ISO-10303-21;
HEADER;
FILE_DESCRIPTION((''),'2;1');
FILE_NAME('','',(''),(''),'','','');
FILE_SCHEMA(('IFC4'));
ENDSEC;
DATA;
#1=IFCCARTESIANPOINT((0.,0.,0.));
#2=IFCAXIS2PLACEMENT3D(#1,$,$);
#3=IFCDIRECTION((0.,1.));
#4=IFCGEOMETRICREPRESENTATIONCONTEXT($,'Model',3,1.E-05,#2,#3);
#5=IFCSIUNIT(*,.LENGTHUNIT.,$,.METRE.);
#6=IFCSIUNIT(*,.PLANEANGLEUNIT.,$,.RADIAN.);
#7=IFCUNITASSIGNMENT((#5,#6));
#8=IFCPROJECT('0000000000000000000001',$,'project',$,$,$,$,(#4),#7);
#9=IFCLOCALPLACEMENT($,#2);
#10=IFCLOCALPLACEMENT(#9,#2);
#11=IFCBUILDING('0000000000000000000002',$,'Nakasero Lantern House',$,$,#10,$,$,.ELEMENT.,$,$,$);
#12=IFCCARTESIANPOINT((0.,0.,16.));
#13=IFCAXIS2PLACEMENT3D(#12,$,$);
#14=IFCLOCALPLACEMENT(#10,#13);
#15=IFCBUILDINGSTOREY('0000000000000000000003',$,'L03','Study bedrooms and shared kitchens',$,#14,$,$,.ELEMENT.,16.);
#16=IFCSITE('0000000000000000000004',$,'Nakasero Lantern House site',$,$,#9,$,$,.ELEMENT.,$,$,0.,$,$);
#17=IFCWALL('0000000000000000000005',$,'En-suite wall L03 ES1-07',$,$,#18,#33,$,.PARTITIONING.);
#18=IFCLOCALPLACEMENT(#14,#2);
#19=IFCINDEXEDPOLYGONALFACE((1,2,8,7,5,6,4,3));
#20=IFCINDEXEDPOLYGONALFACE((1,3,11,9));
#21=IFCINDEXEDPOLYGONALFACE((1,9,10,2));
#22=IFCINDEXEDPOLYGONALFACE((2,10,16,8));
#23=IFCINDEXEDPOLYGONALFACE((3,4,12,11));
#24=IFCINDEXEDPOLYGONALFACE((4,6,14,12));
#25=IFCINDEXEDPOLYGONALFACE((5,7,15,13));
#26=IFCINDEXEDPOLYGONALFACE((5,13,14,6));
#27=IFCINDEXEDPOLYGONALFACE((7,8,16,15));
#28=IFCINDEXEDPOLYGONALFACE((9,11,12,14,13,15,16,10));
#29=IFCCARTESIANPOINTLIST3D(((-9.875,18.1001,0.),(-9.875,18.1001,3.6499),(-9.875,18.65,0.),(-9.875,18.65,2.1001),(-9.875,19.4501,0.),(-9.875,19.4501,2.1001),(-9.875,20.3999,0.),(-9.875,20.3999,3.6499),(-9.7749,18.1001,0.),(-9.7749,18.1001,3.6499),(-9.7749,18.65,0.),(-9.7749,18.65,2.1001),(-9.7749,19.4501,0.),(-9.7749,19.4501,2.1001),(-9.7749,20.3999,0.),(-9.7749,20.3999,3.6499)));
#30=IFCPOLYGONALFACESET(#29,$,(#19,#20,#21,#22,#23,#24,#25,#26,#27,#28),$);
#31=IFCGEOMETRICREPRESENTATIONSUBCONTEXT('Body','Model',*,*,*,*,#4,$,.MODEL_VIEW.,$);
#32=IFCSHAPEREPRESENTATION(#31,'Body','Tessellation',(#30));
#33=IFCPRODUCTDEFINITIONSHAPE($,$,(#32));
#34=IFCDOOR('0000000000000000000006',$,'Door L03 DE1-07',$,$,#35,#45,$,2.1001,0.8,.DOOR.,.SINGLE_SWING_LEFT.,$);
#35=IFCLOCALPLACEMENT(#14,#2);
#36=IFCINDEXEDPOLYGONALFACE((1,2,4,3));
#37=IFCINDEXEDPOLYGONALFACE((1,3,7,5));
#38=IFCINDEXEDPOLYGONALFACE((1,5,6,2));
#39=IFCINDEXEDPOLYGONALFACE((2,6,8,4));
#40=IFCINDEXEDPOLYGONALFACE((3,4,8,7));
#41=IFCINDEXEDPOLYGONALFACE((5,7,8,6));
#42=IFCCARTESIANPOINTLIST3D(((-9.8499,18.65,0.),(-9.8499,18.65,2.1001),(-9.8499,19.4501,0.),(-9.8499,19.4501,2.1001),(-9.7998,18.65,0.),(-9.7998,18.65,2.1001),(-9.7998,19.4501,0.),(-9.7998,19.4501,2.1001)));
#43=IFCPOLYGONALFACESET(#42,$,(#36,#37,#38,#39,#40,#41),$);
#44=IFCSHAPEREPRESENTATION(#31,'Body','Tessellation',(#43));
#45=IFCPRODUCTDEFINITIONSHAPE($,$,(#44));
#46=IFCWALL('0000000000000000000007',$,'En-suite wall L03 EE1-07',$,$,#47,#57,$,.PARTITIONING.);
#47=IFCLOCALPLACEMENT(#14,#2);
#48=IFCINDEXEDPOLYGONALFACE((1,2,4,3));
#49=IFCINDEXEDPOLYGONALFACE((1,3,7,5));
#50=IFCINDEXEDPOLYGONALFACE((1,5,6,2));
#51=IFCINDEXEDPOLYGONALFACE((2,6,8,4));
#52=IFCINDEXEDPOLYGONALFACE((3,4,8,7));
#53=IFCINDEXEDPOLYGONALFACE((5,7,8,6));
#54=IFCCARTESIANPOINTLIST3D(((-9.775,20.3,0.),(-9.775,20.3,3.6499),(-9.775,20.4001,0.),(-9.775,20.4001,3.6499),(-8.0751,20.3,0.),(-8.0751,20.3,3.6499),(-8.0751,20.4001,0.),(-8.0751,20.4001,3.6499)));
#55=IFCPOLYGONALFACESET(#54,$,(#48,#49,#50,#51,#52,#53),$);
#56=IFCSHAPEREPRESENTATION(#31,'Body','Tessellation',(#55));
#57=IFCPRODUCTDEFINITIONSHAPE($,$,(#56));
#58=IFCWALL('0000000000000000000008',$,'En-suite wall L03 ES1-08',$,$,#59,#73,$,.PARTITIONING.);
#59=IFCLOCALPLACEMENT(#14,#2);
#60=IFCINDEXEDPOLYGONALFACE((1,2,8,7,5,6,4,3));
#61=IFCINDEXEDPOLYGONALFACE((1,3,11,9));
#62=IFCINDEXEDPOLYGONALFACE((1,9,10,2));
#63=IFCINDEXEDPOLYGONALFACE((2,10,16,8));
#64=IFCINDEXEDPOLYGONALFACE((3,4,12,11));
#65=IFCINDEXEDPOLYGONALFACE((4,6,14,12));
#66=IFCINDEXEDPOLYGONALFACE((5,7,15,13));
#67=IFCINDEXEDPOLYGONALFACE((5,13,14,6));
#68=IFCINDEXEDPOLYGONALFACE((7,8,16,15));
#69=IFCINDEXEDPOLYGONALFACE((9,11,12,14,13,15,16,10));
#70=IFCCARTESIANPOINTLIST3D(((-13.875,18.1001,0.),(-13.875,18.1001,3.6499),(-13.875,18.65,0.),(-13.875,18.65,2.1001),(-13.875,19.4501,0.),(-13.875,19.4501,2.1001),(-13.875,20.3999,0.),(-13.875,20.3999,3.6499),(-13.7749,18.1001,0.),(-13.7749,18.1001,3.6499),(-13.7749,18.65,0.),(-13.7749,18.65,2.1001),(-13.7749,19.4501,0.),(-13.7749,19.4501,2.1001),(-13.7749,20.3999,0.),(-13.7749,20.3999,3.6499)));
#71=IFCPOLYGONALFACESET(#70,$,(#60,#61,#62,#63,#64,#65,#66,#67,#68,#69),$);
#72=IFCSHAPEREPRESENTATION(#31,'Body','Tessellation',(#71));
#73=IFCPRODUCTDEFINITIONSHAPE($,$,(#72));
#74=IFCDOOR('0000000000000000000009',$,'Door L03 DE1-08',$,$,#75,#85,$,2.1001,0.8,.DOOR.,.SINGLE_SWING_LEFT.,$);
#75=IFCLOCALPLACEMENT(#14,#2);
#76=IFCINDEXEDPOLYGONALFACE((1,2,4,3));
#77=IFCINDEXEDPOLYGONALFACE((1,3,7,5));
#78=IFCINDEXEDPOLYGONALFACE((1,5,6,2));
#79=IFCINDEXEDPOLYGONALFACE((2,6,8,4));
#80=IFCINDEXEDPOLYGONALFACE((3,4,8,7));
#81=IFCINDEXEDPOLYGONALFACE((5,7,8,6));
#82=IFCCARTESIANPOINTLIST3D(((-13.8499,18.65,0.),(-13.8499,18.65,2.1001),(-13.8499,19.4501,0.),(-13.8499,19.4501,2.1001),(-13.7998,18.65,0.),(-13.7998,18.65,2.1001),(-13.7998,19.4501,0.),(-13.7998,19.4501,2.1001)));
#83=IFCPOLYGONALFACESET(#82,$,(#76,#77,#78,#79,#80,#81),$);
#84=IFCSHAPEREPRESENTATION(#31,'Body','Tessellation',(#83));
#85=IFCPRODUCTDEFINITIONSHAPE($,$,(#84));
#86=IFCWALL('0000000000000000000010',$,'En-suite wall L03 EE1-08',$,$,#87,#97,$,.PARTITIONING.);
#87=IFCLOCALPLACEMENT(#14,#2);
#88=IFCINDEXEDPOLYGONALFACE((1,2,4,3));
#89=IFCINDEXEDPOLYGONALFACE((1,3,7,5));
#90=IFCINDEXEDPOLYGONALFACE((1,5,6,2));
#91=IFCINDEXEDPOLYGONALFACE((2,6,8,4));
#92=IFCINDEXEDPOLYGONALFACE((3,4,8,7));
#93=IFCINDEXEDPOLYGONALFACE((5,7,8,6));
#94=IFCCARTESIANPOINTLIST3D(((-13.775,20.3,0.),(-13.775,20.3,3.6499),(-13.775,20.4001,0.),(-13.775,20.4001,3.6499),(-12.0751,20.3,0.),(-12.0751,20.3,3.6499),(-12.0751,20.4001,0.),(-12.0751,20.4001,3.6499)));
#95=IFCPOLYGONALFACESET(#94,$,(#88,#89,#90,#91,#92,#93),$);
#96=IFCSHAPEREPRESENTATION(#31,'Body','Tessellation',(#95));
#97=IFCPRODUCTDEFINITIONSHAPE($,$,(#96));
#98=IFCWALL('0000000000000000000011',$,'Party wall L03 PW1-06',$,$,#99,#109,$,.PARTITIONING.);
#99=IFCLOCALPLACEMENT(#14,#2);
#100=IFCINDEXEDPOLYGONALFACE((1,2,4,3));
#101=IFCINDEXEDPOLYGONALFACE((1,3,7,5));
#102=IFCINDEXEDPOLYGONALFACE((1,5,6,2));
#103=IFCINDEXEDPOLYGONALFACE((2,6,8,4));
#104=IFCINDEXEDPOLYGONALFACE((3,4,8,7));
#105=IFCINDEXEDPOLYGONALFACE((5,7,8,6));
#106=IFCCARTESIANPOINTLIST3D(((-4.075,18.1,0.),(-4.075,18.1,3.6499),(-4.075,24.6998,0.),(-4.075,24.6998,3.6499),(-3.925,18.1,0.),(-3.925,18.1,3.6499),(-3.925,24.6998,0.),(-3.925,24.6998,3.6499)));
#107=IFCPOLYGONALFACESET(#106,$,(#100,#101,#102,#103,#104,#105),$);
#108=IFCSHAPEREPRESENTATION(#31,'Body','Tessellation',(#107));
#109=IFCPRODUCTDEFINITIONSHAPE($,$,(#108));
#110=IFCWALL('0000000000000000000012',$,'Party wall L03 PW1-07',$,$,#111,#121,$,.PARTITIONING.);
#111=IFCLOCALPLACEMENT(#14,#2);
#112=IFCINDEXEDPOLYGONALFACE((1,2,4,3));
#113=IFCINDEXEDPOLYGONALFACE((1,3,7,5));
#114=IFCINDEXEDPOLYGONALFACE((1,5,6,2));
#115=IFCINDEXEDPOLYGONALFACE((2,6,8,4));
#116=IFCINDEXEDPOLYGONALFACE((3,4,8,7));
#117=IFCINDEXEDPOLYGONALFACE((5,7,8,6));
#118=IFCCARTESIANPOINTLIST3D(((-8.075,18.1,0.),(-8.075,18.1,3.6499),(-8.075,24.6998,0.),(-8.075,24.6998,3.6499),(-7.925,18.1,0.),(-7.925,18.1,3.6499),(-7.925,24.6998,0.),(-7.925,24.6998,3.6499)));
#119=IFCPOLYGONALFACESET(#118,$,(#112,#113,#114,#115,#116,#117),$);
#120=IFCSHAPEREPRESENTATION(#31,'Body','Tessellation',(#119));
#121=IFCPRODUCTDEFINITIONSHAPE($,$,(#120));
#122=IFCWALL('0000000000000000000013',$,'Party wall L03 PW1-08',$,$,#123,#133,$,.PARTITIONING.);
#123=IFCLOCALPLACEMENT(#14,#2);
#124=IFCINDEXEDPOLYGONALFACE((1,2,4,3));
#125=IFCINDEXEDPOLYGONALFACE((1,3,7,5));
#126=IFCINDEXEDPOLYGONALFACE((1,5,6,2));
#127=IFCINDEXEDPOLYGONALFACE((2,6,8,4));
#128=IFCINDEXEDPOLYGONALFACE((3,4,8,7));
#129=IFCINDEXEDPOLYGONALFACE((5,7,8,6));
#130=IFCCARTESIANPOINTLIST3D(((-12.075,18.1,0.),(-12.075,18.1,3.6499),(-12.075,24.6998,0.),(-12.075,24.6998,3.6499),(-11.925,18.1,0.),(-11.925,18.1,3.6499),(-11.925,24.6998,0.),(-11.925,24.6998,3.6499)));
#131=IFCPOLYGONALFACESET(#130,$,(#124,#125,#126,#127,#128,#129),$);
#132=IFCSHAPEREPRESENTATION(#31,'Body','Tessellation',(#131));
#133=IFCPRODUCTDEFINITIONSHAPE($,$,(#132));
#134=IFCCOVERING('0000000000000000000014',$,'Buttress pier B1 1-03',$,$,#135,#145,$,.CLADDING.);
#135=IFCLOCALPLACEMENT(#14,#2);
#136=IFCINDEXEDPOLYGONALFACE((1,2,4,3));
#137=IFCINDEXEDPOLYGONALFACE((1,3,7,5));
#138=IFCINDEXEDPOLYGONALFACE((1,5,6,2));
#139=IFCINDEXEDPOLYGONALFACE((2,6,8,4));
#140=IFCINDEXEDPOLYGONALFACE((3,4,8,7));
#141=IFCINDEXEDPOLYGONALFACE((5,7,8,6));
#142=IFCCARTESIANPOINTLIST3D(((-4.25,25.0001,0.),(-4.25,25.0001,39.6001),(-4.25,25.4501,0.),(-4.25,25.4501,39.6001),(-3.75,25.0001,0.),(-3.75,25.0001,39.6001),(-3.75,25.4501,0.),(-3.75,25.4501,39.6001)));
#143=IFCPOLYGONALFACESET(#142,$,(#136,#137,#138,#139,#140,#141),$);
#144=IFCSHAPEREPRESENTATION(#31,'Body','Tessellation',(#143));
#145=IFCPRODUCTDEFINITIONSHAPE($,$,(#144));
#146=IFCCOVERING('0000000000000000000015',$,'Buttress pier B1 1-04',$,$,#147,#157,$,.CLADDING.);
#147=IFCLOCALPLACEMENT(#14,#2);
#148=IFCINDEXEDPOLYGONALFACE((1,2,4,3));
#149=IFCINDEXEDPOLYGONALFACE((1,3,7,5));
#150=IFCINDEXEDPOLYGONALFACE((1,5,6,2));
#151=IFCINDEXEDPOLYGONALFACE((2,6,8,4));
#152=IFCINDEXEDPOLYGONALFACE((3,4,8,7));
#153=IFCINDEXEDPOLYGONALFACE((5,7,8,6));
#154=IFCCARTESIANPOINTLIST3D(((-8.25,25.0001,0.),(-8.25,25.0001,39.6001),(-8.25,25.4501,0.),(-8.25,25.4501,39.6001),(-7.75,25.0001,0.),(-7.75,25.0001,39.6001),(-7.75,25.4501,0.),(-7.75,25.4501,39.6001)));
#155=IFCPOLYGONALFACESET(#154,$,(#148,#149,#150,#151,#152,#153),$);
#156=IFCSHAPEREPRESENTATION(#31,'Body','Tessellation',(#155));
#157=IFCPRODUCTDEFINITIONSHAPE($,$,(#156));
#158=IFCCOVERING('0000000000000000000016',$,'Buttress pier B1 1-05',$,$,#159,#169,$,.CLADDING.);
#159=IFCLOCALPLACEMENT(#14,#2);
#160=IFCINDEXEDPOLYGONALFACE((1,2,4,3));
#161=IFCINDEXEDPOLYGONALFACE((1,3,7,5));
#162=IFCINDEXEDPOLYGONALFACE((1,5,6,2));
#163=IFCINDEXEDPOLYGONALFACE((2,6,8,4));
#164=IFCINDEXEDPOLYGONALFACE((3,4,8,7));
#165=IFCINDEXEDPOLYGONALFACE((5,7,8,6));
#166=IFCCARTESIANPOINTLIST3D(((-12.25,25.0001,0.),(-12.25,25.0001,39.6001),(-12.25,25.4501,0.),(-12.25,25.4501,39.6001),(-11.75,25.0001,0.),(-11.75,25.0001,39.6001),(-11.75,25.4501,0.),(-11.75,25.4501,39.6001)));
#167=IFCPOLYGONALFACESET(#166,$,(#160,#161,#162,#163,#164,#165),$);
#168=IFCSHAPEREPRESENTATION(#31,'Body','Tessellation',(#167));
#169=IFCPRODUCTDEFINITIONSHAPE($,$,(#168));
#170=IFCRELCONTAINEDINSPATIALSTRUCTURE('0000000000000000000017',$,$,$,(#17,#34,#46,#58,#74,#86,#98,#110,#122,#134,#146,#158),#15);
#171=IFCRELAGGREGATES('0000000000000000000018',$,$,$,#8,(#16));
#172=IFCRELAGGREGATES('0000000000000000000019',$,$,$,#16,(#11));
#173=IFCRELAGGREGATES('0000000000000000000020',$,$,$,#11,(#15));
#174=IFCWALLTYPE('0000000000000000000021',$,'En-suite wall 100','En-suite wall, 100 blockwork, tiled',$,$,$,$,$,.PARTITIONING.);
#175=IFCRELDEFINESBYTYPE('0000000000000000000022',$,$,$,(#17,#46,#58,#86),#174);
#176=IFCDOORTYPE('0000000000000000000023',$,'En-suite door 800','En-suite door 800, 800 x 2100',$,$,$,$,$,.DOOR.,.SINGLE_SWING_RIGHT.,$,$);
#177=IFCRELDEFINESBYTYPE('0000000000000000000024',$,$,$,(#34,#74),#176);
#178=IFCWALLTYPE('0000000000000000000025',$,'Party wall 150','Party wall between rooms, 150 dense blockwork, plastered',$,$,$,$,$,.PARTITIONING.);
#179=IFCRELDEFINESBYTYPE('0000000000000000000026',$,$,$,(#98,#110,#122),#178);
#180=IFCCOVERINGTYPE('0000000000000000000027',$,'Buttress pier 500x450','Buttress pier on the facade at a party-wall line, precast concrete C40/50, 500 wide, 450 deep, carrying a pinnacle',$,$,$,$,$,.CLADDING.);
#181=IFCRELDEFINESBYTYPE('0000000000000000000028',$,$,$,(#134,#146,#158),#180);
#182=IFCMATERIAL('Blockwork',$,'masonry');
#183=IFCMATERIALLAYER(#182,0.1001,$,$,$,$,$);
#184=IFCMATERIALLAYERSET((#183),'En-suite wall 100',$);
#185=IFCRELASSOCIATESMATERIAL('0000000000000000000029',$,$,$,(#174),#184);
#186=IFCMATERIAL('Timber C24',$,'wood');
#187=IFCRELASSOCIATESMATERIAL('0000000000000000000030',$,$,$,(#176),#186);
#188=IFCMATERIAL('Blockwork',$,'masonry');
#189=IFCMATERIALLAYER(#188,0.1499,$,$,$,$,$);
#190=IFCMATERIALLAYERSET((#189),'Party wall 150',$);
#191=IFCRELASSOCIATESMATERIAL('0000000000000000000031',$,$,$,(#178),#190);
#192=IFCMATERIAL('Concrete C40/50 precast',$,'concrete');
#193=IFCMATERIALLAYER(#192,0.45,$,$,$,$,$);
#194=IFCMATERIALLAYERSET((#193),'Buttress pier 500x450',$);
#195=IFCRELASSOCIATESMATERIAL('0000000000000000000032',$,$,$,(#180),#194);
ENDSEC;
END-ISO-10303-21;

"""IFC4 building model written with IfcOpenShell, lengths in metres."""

from ifc_helpers import new_model, si_unit, direction, frame, frame_2d, origin, origin_2d, place, context, subcontext, project, spatial, rectangle, extrude, material, layer, layer_set, type_object, element, fill, save


model = new_model("IFC4")

# Units and contexts
model_context = context("Model", 3, precision=1e-05, world=origin(), true_north=direction((0.0, 1.0)))
body_context = subcontext(model_context, "Body", "Model", "MODEL_VIEW")
ifc_project = project(units=[si_unit("LENGTHUNIT", "METRE"), si_unit("PLANEANGLEUNIT", "RADIAN")], contexts=[model_context])

# Site, building, storey
site_placement = place(None, origin())
site = spatial("IfcSite", under=ifc_project, at=site_placement, Name="Nakasero Lantern House site", CompositionType="ELEMENT", RefElevation=0.0)
building_placement = place(site_placement, origin())
building = spatial("IfcBuilding", under=site, at=building_placement, Name="Nakasero Lantern House", CompositionType="ELEMENT")
storey_placement = place(building_placement, frame((0.0, 0.0, 16.0)))
storey = spatial("IfcBuildingStorey", under=building, at=storey_placement, Name="L03", Description="Study bedrooms and shared kitchens", CompositionType="ELEMENT", Elevation=16.0)

# Shared definitions
ifc_material_1 = material(Name="Blockwork", Category="masonry")
ifc_layer_1 = layer(ifc_material_1, 0.1001)
ifc_layer_set_1 = layer_set([ifc_layer_1], Name="En-suite wall 100")
wall_type_1 = type_object("IfcWallType", Name="En-suite wall 100", Description="En-suite wall, 100 blockwork, tiled", PredefinedType="PARTITIONING", material=ifc_layer_set_1)
ifc_material_2 = material(Name="Timber C24", Category="wood")
door_type = type_object("IfcDoorType", Name="En-suite door 800", Description="En-suite door 800, 800 x 2100", OperationType="SINGLE_SWING_RIGHT", PredefinedType="DOOR", material=ifc_material_2)

# Wall, opening, door
wall_1_placement = place(storey_placement, frame((-9.825, 18.1001, 0.0), z_axis=(0.0, 0.0, 1.0), x_axis=(0.0, 1.0, 0.0)))
wall_1 = element("IfcWall", 1, at=wall_1_placement, inside=storey, type_object=wall_type_1, Name="En-suite wall L03 ES1-07", PredefinedType="PARTITIONING", context=body_context, shape_type="SweptSolid", body=[
    extrude(rectangle(XDim=2.2998, YDim=0.1001, at=frame_2d((1.1499, 0.0))), origin(), (0.0, 0.0, 1.0), 3.6499),
])
opening_1_placement = place(wall_1_placement, frame((0.55, 0.0, 0.0)))
opening_1 = element("IfcOpeningElement", 2, at=opening_1_placement, cuts=wall_1, PredefinedType="OPENING", context=body_context, shape_type="SweptSolid", body=[
    extrude(rectangle(XDim=0.8, YDim=2.1001, at=frame_2d((0.3999, 1.05))), frame((0.0, 0.0701, 0.0), z_axis=(0.0, -1.0, 0.0), x_axis=(1.0, 0.0, 0.0)), (0.0, 0.0, 1.0), 0.1401),
])
door_1_placement = place(opening_1_placement, origin())
door_1 = element("IfcDoor", 3, at=door_1_placement, inside=storey, type_object=door_type, Name="Door L03 DE1-07", OperationType="SINGLE_SWING_LEFT", OverallHeight=2.1001, OverallWidth=0.8, PredefinedType="DOOR", context=body_context, shape_type="SweptSolid", body=[
    extrude(rectangle(XDim=0.8, YDim=2.1001, at=frame_2d((0.3999, 1.05))), frame((0.0, 0.0249, 0.0), z_axis=(0.0, -1.0, 0.0), x_axis=(1.0, 0.0, 0.0)), (0.0, 0.0, 1.0), 0.05),
])
fill(opening_1, door_1)

# Wall
wall_2_placement = place(storey_placement, frame((-8.075, 20.3501, 0.0), z_axis=(0.0, 0.0, 1.0), x_axis=(-1.0, 0.0, 0.0)))
element("IfcWall", 4, at=wall_2_placement, inside=storey, type_object=wall_type_1, Name="En-suite wall L03 EE1-07", PredefinedType="PARTITIONING", context=body_context, shape_type="SweptSolid", body=[
    extrude(rectangle(XDim=1.7, YDim=0.1001, at=frame_2d((0.8501, 0.0))), origin(), (0.0, 0.0, 1.0), 3.6499),
])

# Wall, opening, door
wall_3_placement = place(storey_placement, frame((-13.825, 18.1001, 0.0), z_axis=(0.0, 0.0, 1.0), x_axis=(0.0, 1.0, 0.0)))
wall_3 = element("IfcWall", 5, at=wall_3_placement, inside=storey, type_object=wall_type_1, Name="En-suite wall L03 ES1-08", PredefinedType="PARTITIONING", context=body_context, shape_type="SweptSolid", body=[
    extrude(rectangle(XDim=2.2998, YDim=0.1001, at=frame_2d((1.1499, 0.0))), origin(), (0.0, 0.0, 1.0), 3.6499),
])
opening_2_placement = place(wall_3_placement, frame((0.55, 0.0, 0.0)))
opening_2 = element("IfcOpeningElement", 6, at=opening_2_placement, cuts=wall_3, PredefinedType="OPENING", context=body_context, shape_type="SweptSolid", body=[
    extrude(rectangle(XDim=0.8, YDim=2.1001, at=frame_2d((0.3999, 1.05))), frame((0.0, 0.0701, 0.0), z_axis=(0.0, -1.0, 0.0), x_axis=(1.0, 0.0, 0.0)), (0.0, 0.0, 1.0), 0.1401),
])
door_2_placement = place(opening_2_placement, origin())
door_2 = element("IfcDoor", 7, at=door_2_placement, inside=storey, type_object=door_type, Name="Door L03 DE1-08", OperationType="SINGLE_SWING_LEFT", OverallHeight=2.1001, OverallWidth=0.8, PredefinedType="DOOR", context=body_context, shape_type="SweptSolid", body=[
    extrude(rectangle(XDim=0.8, YDim=2.1001, at=frame_2d((0.3999, 1.05))), frame((0.0, 0.0249, 0.0), z_axis=(0.0, -1.0, 0.0), x_axis=(1.0, 0.0, 0.0)), (0.0, 0.0, 1.0), 0.05),
])
fill(opening_2, door_2)

# Walls
wall_4_placement = place(storey_placement, frame((-12.075, 20.3501, 0.0), z_axis=(0.0, 0.0, 1.0), x_axis=(-1.0, 0.0, 0.0)))
element("IfcWall", 8, at=wall_4_placement, inside=storey, type_object=wall_type_1, Name="En-suite wall L03 EE1-08", PredefinedType="PARTITIONING", context=body_context, shape_type="SweptSolid", body=[
    extrude(rectangle(XDim=1.7, YDim=0.1001, at=frame_2d((0.8501, 0.0))), origin(), (0.0, 0.0, 1.0), 3.6499),
])
ifc_material_3 = material(Name="Blockwork", Category="masonry")
ifc_layer_2 = layer(ifc_material_3, 0.1499)
ifc_layer_set_2 = layer_set([ifc_layer_2], Name="Party wall 150")
wall_type_2 = type_object("IfcWallType", Name="Party wall 150", Description="Party wall between rooms, 150 dense blockwork, plastered", PredefinedType="PARTITIONING", material=ifc_layer_set_2)
for number, where, z_axis, x_axis, name in (
    (9, (-4.0, 18.1001, 0.0), (0.0, 0.0, 1.0), (0.0, 1.0, 0.0), "Party wall L03 PW1-06"),
    (10, (-8.0, 18.1001, 0.0), (0.0, 0.0, 1.0), (0.0, 1.0, 0.0), "Party wall L03 PW1-07"),
    (11, (-12.0, 18.1001, 0.0), (0.0, 0.0, 1.0), (0.0, 1.0, 0.0), "Party wall L03 PW1-08"),
):
    element("IfcWall", number, at=place(storey_placement, frame(where, z_axis=z_axis, x_axis=x_axis)), inside=storey, type_object=wall_type_2, Name=name, PredefinedType="PARTITIONING", context=body_context, shape_type="SweptSolid", body=[
        extrude(rectangle(XDim=6.5999, YDim=0.1499, at=frame_2d((3.2998, 0.0))), origin(), (0.0, 0.0, 1.0), 3.6499),
    ])

# Coverings
ifc_material_4 = material(Name="Concrete C40/50 precast", Category="concrete")
ifc_layer_3 = layer(ifc_material_4, 0.45)
ifc_layer_set_3 = layer_set([ifc_layer_3], Name="Buttress pier 500x450")
covering_type = type_object("IfcCoveringType", Name="Buttress pier 500x450", Description="Buttress pier on the facade at a party-wall line, precast concrete C40/50, 500 wide, 450 deep, carrying a pinnacle", PredefinedType="CLADDING", material=ifc_layer_set_3)
for number, where, z_axis, x_axis, name in (
    (12, (-4.0, 25.2251, 0.0), (0.0, 0.0, 1.0), (0.0, 1.0, 0.0), "Buttress pier B1 1-03"),
    (13, (-8.0, 25.2251, 0.0), (0.0, 0.0, 1.0), (0.0, 1.0, 0.0), "Buttress pier B1 1-04"),
    (14, (-12.0, 25.2251, 0.0), (0.0, 0.0, 1.0), (0.0, 1.0, 0.0), "Buttress pier B1 1-05"),
):
    element("IfcCovering", number, at=place(storey_placement, frame(where, z_axis=z_axis, x_axis=x_axis)), inside=storey, type_object=covering_type, Name=name, PredefinedType="CLADDING", context=body_context, shape_type="SweptSolid", body=[
        extrude(rectangle(XDim=0.45, YDim=0.5, at=origin_2d()), origin(), (0.0, 0.0, 1.0), 39.6001),
    ])

save(model, "model.ifc")
